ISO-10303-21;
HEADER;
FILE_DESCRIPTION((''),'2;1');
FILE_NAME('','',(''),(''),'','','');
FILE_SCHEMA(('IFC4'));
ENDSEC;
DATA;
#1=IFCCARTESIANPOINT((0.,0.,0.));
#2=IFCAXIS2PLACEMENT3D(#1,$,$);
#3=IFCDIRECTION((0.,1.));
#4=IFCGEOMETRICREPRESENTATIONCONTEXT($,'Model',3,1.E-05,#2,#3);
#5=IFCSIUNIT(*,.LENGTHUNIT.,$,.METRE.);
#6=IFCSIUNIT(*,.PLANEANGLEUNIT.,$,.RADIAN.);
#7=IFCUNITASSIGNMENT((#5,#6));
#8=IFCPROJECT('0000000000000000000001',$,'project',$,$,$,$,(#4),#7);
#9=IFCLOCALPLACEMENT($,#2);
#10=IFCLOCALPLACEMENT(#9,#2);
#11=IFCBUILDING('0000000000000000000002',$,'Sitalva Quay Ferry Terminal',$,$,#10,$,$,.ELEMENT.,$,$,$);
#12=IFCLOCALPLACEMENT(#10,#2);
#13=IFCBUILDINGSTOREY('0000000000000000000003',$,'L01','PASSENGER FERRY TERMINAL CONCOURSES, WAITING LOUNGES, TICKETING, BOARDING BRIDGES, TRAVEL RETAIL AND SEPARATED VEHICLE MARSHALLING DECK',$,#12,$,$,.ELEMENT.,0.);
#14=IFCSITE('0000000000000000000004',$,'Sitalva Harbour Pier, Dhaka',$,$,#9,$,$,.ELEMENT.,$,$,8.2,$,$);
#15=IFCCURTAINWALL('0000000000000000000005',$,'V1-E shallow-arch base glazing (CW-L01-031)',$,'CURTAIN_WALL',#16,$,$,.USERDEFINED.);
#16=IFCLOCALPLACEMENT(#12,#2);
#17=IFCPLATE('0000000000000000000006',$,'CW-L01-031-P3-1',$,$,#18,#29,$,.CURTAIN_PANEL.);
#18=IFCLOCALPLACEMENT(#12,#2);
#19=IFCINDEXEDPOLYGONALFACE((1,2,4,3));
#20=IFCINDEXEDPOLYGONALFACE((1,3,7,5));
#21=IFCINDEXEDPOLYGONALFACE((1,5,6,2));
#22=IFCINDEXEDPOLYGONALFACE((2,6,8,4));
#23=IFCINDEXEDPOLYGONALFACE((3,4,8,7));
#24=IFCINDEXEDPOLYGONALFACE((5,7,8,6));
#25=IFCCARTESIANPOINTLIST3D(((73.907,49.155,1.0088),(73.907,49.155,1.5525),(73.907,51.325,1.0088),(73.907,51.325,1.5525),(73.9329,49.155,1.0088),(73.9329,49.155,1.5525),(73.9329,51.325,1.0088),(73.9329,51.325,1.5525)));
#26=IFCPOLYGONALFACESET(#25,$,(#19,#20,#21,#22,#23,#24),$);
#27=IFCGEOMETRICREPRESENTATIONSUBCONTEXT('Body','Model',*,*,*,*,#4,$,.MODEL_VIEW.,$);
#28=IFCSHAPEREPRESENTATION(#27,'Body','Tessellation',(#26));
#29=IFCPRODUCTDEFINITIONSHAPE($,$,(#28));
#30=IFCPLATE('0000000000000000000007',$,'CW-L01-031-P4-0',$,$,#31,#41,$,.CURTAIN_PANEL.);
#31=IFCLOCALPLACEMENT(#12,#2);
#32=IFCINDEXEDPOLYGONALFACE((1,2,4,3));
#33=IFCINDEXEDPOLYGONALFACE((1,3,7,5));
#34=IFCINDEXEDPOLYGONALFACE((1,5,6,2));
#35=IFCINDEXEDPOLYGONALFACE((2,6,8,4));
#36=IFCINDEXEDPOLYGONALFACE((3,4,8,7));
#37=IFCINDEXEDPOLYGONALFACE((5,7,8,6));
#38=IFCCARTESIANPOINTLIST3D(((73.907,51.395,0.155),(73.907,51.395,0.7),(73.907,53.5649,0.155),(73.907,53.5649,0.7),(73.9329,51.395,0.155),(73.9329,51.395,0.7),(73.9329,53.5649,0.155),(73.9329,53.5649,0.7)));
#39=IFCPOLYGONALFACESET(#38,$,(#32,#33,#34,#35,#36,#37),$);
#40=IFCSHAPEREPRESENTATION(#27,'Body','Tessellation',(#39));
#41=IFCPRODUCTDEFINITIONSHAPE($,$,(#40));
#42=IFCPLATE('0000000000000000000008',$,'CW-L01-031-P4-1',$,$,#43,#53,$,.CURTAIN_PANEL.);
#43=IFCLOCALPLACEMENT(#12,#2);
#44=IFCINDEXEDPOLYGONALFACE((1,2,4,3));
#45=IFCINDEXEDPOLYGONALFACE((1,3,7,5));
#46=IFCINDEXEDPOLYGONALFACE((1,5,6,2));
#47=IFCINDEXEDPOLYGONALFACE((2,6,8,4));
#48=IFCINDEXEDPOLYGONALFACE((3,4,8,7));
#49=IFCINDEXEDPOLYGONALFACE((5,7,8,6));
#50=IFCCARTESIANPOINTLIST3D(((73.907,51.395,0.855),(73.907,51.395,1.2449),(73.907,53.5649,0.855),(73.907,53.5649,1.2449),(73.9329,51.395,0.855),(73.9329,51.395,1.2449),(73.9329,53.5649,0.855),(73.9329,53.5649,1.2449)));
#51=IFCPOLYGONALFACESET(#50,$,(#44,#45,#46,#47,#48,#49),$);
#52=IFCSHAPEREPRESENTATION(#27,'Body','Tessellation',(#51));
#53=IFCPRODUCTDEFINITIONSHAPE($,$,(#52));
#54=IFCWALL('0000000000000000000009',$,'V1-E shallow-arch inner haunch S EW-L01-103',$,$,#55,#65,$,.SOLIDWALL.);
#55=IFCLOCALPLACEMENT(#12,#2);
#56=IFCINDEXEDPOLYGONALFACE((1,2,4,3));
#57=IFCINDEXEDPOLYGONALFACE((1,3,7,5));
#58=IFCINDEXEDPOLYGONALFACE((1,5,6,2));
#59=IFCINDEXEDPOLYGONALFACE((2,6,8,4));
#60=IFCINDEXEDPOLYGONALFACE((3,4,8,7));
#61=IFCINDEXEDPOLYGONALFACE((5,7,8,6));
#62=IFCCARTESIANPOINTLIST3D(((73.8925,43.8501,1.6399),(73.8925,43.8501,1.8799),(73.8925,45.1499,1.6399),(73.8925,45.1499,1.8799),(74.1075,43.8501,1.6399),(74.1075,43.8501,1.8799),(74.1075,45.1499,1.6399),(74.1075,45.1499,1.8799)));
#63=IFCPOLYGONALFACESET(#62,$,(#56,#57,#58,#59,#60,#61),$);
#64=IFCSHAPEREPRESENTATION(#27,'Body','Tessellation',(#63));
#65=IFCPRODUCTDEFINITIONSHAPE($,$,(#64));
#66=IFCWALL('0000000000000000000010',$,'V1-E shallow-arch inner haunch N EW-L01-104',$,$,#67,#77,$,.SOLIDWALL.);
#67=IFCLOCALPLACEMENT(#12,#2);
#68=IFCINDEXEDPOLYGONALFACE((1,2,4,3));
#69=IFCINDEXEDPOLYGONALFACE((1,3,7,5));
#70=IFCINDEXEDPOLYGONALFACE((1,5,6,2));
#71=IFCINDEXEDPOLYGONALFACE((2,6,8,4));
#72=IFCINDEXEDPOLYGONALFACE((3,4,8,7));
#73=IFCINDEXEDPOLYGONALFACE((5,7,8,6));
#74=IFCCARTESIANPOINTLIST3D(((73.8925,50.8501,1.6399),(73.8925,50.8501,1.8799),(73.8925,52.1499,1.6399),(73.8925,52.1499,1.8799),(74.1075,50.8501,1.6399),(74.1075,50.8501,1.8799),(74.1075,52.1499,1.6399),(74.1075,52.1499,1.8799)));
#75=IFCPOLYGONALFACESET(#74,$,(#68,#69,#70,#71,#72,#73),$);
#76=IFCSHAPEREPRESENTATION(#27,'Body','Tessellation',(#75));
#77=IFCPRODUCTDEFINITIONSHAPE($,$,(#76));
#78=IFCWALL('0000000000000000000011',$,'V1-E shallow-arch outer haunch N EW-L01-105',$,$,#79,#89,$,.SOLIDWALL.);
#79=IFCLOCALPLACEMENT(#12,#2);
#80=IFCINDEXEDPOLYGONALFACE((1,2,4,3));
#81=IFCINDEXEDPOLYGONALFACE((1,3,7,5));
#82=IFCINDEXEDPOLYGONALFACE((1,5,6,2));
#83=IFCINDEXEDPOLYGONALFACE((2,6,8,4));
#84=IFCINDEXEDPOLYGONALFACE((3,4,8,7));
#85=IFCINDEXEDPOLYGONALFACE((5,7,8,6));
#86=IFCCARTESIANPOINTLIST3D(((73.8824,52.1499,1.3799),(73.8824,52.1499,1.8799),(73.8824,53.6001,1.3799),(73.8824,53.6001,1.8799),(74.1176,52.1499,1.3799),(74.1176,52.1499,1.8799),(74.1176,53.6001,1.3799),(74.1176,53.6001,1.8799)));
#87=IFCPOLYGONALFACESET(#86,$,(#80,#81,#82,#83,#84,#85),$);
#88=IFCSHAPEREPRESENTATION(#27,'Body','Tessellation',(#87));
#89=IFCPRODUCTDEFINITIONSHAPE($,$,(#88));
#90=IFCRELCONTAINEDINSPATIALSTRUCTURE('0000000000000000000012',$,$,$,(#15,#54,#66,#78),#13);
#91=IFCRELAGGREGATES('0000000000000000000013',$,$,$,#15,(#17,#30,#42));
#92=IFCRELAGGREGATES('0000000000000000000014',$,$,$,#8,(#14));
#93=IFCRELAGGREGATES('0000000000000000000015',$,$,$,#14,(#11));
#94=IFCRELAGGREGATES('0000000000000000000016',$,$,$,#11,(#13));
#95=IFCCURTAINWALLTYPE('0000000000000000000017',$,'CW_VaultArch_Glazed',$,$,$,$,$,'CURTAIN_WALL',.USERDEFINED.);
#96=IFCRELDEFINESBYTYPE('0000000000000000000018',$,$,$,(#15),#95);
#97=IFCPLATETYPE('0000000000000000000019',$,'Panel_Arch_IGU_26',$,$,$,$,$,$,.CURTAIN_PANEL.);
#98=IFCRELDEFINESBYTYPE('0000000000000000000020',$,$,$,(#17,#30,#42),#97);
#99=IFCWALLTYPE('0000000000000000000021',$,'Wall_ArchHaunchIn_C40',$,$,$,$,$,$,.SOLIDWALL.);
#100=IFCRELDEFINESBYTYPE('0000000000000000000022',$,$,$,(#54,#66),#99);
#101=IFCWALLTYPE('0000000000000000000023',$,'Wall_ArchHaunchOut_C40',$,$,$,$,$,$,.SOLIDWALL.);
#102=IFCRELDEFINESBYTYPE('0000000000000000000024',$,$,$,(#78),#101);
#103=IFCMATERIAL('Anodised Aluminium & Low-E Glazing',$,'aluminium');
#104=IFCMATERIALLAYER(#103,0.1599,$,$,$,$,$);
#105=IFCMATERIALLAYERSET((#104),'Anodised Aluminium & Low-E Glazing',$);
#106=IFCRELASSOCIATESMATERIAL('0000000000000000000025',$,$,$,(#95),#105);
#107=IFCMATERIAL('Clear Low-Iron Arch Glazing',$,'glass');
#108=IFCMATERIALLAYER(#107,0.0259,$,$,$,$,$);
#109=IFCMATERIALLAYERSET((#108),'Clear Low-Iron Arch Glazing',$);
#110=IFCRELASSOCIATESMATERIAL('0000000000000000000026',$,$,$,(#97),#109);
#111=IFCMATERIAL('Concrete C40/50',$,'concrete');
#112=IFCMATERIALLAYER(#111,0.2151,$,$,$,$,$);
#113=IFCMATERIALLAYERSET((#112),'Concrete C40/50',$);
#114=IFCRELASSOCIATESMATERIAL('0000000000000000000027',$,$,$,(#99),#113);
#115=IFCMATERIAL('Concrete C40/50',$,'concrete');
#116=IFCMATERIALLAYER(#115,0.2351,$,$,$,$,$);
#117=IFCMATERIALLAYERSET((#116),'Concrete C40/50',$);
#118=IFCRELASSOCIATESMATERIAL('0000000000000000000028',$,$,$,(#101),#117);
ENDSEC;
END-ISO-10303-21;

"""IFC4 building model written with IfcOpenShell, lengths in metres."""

from ifc_helpers import new_model, si_unit, direction, frame, frame_2d, origin, origin_2d, place, context, subcontext, project, spatial, rectangle, extrude, material, layer, layer_set, type_object, element, aggregate, save


model = new_model("IFC4")

# Units and contexts
model_context = context("Model", 3, precision=1e-05, world=origin(), true_north=direction((0.0, 1.0)))
body_context = subcontext(model_context, "Body", "Model", "MODEL_VIEW")
ifc_project = project(units=[si_unit("LENGTHUNIT", "METRE"), si_unit("PLANEANGLEUNIT", "RADIAN")], contexts=[model_context])

# Site, building, storey
site_placement = place(None, origin())
site = spatial("IfcSite", under=ifc_project, at=site_placement, Name="Sitalva Harbour Pier, Dhaka", CompositionType="ELEMENT", RefElevation=8.2)
building_placement = place(site_placement, origin())
building = spatial("IfcBuilding", under=site, at=building_placement, Name="Sitalva Quay Ferry Terminal", CompositionType="ELEMENT")
storey_placement = place(building_placement, origin())
storey = spatial("IfcBuildingStorey", under=building, at=storey_placement, Name="L01", Description="PASSENGER FERRY TERMINAL CONCOURSES, WAITING LOUNGES, TICKETING, BOARDING BRIDGES, TRAVEL RETAIL AND SEPARATED VEHICLE MARSHALLING DECK", CompositionType="ELEMENT", Elevation=0.0)

# Curtain wall, plates
ifc_material_1 = material(Name="Anodised Aluminium & Low-E Glazing", Category="aluminium")
ifc_layer_1 = layer(ifc_material_1, 0.1599)
ifc_layer_set_1 = layer_set([ifc_layer_1], Name="Anodised Aluminium & Low-E Glazing")
curtain_wall_type = type_object("IfcCurtainWallType", Name="CW_VaultArch_Glazed", ElementType="CURTAIN_WALL", PredefinedType="USERDEFINED", material=ifc_layer_set_1)
curtain_wall_placement = place(storey_placement, origin())
curtain_wall = element("IfcCurtainWall", 1, at=curtain_wall_placement, inside=storey, type_object=curtain_wall_type, Name="V1-E shallow-arch base glazing (CW-L01-031)", ObjectType="CURTAIN_WALL", PredefinedType="USERDEFINED")
ifc_material_2 = material(Name="Clear Low-Iron Arch Glazing", Category="glass")
ifc_layer_2 = layer(ifc_material_2, 0.0259)
ifc_layer_set_2 = layer_set([ifc_layer_2], Name="Clear Low-Iron Arch Glazing")
plate_type = type_object("IfcPlateType", Name="Panel_Arch_IGU_26", PredefinedType="CURTAIN_PANEL", material=ifc_layer_set_2)
plate_1_placement = place(storey_placement, frame((73.9199, 50.24, 1.0088), z_axis=(0.0, 0.0, 1.0), x_axis=(0.0, 1.0, 0.0)))
plate_1 = element("IfcPlate", 2, at=plate_1_placement, type_object=plate_type, Name="CW-L01-031-P3-1", PredefinedType="CURTAIN_PANEL", context=body_context, shape_type="SweptSolid", body=[
    extrude(rectangle(XDim=2.1699, YDim=0.0259, at=origin_2d()), origin(), (0.0, 0.0, 1.0), 0.5437),
])
plate_2_placement = place(storey_placement, frame((73.9199, 52.48, 0.155), z_axis=(0.0, 0.0, 1.0), x_axis=(0.0, 1.0, 0.0)))
plate_2 = element("IfcPlate", 3, at=plate_2_placement, type_object=plate_type, Name="CW-L01-031-P4-0", PredefinedType="CURTAIN_PANEL", context=body_context, shape_type="SweptSolid", body=[
    extrude(rectangle(XDim=2.1699, YDim=0.0259, at=origin_2d()), origin(), (0.0, 0.0, 1.0), 0.5449),
])
plate_3_placement = place(storey_placement, frame((73.9199, 52.48, 0.855), z_axis=(0.0, 0.0, 1.0), x_axis=(0.0, 1.0, 0.0)))
plate_3 = element("IfcPlate", 4, at=plate_3_placement, type_object=plate_type, Name="CW-L01-031-P4-1", PredefinedType="CURTAIN_PANEL", context=body_context, shape_type="SweptSolid", body=[
    extrude(rectangle(XDim=2.1699, YDim=0.0259, at=origin_2d()), origin(), (0.0, 0.0, 1.0), 0.3899),
])
aggregate(curtain_wall, [plate_1, plate_2, plate_3])

# Walls
ifc_material_3 = material(Name="Concrete C40/50", Category="concrete")
ifc_layer_3 = layer(ifc_material_3, 0.2151)
ifc_layer_set_3 = layer_set([ifc_layer_3], Name="Concrete C40/50")
wall_type_1 = type_object("IfcWallType", Name="Wall_ArchHaunchIn_C40", PredefinedType="SOLIDWALL", material=ifc_layer_set_3)
for number, where, z_axis, x_axis, name in (
    (5, (74.0, 43.8501, 1.6399), (0.0, 0.0, 1.0), (0.0, 1.0, 0.0), "V1-E shallow-arch inner haunch S EW-L01-103"),
    (6, (74.0, 50.8501, 1.6399), (0.0, 0.0, 1.0), (0.0, 1.0, 0.0), "V1-E shallow-arch inner haunch N EW-L01-104"),
):
    element("IfcWall", number, at=place(storey_placement, frame(where, z_axis=z_axis, x_axis=x_axis)), inside=storey, type_object=wall_type_1, Name=name, PredefinedType="SOLIDWALL", context=body_context, shape_type="SweptSolid", body=[
        extrude(rectangle(XDim=1.2998, YDim=0.2151, at=frame_2d((0.6499, 0.0))), origin(), (0.0, 0.0, 1.0), 0.24),
    ])
ifc_material_4 = material(Name="Concrete C40/50", Category="concrete")
ifc_layer_4 = layer(ifc_material_4, 0.2351)
ifc_layer_set_4 = layer_set([ifc_layer_4], Name="Concrete C40/50")
wall_type_2 = type_object("IfcWallType", Name="Wall_ArchHaunchOut_C40", PredefinedType="SOLIDWALL", material=ifc_layer_set_4)
wall_placement = place(storey_placement, frame((74.0, 52.1499, 1.3799), z_axis=(0.0, 0.0, 1.0), x_axis=(0.0, 1.0, 0.0)))
element("IfcWall", 7, at=wall_placement, inside=storey, type_object=wall_type_2, Name="V1-E shallow-arch outer haunch N EW-L01-105", PredefinedType="SOLIDWALL", context=body_context, shape_type="SweptSolid", body=[
    extrude(rectangle(XDim=1.4502, YDim=0.2351, at=frame_2d((0.7251, 0.0))), origin(), (0.0, 0.0, 1.0), 0.5),
])

save(model, "model.ifc")
